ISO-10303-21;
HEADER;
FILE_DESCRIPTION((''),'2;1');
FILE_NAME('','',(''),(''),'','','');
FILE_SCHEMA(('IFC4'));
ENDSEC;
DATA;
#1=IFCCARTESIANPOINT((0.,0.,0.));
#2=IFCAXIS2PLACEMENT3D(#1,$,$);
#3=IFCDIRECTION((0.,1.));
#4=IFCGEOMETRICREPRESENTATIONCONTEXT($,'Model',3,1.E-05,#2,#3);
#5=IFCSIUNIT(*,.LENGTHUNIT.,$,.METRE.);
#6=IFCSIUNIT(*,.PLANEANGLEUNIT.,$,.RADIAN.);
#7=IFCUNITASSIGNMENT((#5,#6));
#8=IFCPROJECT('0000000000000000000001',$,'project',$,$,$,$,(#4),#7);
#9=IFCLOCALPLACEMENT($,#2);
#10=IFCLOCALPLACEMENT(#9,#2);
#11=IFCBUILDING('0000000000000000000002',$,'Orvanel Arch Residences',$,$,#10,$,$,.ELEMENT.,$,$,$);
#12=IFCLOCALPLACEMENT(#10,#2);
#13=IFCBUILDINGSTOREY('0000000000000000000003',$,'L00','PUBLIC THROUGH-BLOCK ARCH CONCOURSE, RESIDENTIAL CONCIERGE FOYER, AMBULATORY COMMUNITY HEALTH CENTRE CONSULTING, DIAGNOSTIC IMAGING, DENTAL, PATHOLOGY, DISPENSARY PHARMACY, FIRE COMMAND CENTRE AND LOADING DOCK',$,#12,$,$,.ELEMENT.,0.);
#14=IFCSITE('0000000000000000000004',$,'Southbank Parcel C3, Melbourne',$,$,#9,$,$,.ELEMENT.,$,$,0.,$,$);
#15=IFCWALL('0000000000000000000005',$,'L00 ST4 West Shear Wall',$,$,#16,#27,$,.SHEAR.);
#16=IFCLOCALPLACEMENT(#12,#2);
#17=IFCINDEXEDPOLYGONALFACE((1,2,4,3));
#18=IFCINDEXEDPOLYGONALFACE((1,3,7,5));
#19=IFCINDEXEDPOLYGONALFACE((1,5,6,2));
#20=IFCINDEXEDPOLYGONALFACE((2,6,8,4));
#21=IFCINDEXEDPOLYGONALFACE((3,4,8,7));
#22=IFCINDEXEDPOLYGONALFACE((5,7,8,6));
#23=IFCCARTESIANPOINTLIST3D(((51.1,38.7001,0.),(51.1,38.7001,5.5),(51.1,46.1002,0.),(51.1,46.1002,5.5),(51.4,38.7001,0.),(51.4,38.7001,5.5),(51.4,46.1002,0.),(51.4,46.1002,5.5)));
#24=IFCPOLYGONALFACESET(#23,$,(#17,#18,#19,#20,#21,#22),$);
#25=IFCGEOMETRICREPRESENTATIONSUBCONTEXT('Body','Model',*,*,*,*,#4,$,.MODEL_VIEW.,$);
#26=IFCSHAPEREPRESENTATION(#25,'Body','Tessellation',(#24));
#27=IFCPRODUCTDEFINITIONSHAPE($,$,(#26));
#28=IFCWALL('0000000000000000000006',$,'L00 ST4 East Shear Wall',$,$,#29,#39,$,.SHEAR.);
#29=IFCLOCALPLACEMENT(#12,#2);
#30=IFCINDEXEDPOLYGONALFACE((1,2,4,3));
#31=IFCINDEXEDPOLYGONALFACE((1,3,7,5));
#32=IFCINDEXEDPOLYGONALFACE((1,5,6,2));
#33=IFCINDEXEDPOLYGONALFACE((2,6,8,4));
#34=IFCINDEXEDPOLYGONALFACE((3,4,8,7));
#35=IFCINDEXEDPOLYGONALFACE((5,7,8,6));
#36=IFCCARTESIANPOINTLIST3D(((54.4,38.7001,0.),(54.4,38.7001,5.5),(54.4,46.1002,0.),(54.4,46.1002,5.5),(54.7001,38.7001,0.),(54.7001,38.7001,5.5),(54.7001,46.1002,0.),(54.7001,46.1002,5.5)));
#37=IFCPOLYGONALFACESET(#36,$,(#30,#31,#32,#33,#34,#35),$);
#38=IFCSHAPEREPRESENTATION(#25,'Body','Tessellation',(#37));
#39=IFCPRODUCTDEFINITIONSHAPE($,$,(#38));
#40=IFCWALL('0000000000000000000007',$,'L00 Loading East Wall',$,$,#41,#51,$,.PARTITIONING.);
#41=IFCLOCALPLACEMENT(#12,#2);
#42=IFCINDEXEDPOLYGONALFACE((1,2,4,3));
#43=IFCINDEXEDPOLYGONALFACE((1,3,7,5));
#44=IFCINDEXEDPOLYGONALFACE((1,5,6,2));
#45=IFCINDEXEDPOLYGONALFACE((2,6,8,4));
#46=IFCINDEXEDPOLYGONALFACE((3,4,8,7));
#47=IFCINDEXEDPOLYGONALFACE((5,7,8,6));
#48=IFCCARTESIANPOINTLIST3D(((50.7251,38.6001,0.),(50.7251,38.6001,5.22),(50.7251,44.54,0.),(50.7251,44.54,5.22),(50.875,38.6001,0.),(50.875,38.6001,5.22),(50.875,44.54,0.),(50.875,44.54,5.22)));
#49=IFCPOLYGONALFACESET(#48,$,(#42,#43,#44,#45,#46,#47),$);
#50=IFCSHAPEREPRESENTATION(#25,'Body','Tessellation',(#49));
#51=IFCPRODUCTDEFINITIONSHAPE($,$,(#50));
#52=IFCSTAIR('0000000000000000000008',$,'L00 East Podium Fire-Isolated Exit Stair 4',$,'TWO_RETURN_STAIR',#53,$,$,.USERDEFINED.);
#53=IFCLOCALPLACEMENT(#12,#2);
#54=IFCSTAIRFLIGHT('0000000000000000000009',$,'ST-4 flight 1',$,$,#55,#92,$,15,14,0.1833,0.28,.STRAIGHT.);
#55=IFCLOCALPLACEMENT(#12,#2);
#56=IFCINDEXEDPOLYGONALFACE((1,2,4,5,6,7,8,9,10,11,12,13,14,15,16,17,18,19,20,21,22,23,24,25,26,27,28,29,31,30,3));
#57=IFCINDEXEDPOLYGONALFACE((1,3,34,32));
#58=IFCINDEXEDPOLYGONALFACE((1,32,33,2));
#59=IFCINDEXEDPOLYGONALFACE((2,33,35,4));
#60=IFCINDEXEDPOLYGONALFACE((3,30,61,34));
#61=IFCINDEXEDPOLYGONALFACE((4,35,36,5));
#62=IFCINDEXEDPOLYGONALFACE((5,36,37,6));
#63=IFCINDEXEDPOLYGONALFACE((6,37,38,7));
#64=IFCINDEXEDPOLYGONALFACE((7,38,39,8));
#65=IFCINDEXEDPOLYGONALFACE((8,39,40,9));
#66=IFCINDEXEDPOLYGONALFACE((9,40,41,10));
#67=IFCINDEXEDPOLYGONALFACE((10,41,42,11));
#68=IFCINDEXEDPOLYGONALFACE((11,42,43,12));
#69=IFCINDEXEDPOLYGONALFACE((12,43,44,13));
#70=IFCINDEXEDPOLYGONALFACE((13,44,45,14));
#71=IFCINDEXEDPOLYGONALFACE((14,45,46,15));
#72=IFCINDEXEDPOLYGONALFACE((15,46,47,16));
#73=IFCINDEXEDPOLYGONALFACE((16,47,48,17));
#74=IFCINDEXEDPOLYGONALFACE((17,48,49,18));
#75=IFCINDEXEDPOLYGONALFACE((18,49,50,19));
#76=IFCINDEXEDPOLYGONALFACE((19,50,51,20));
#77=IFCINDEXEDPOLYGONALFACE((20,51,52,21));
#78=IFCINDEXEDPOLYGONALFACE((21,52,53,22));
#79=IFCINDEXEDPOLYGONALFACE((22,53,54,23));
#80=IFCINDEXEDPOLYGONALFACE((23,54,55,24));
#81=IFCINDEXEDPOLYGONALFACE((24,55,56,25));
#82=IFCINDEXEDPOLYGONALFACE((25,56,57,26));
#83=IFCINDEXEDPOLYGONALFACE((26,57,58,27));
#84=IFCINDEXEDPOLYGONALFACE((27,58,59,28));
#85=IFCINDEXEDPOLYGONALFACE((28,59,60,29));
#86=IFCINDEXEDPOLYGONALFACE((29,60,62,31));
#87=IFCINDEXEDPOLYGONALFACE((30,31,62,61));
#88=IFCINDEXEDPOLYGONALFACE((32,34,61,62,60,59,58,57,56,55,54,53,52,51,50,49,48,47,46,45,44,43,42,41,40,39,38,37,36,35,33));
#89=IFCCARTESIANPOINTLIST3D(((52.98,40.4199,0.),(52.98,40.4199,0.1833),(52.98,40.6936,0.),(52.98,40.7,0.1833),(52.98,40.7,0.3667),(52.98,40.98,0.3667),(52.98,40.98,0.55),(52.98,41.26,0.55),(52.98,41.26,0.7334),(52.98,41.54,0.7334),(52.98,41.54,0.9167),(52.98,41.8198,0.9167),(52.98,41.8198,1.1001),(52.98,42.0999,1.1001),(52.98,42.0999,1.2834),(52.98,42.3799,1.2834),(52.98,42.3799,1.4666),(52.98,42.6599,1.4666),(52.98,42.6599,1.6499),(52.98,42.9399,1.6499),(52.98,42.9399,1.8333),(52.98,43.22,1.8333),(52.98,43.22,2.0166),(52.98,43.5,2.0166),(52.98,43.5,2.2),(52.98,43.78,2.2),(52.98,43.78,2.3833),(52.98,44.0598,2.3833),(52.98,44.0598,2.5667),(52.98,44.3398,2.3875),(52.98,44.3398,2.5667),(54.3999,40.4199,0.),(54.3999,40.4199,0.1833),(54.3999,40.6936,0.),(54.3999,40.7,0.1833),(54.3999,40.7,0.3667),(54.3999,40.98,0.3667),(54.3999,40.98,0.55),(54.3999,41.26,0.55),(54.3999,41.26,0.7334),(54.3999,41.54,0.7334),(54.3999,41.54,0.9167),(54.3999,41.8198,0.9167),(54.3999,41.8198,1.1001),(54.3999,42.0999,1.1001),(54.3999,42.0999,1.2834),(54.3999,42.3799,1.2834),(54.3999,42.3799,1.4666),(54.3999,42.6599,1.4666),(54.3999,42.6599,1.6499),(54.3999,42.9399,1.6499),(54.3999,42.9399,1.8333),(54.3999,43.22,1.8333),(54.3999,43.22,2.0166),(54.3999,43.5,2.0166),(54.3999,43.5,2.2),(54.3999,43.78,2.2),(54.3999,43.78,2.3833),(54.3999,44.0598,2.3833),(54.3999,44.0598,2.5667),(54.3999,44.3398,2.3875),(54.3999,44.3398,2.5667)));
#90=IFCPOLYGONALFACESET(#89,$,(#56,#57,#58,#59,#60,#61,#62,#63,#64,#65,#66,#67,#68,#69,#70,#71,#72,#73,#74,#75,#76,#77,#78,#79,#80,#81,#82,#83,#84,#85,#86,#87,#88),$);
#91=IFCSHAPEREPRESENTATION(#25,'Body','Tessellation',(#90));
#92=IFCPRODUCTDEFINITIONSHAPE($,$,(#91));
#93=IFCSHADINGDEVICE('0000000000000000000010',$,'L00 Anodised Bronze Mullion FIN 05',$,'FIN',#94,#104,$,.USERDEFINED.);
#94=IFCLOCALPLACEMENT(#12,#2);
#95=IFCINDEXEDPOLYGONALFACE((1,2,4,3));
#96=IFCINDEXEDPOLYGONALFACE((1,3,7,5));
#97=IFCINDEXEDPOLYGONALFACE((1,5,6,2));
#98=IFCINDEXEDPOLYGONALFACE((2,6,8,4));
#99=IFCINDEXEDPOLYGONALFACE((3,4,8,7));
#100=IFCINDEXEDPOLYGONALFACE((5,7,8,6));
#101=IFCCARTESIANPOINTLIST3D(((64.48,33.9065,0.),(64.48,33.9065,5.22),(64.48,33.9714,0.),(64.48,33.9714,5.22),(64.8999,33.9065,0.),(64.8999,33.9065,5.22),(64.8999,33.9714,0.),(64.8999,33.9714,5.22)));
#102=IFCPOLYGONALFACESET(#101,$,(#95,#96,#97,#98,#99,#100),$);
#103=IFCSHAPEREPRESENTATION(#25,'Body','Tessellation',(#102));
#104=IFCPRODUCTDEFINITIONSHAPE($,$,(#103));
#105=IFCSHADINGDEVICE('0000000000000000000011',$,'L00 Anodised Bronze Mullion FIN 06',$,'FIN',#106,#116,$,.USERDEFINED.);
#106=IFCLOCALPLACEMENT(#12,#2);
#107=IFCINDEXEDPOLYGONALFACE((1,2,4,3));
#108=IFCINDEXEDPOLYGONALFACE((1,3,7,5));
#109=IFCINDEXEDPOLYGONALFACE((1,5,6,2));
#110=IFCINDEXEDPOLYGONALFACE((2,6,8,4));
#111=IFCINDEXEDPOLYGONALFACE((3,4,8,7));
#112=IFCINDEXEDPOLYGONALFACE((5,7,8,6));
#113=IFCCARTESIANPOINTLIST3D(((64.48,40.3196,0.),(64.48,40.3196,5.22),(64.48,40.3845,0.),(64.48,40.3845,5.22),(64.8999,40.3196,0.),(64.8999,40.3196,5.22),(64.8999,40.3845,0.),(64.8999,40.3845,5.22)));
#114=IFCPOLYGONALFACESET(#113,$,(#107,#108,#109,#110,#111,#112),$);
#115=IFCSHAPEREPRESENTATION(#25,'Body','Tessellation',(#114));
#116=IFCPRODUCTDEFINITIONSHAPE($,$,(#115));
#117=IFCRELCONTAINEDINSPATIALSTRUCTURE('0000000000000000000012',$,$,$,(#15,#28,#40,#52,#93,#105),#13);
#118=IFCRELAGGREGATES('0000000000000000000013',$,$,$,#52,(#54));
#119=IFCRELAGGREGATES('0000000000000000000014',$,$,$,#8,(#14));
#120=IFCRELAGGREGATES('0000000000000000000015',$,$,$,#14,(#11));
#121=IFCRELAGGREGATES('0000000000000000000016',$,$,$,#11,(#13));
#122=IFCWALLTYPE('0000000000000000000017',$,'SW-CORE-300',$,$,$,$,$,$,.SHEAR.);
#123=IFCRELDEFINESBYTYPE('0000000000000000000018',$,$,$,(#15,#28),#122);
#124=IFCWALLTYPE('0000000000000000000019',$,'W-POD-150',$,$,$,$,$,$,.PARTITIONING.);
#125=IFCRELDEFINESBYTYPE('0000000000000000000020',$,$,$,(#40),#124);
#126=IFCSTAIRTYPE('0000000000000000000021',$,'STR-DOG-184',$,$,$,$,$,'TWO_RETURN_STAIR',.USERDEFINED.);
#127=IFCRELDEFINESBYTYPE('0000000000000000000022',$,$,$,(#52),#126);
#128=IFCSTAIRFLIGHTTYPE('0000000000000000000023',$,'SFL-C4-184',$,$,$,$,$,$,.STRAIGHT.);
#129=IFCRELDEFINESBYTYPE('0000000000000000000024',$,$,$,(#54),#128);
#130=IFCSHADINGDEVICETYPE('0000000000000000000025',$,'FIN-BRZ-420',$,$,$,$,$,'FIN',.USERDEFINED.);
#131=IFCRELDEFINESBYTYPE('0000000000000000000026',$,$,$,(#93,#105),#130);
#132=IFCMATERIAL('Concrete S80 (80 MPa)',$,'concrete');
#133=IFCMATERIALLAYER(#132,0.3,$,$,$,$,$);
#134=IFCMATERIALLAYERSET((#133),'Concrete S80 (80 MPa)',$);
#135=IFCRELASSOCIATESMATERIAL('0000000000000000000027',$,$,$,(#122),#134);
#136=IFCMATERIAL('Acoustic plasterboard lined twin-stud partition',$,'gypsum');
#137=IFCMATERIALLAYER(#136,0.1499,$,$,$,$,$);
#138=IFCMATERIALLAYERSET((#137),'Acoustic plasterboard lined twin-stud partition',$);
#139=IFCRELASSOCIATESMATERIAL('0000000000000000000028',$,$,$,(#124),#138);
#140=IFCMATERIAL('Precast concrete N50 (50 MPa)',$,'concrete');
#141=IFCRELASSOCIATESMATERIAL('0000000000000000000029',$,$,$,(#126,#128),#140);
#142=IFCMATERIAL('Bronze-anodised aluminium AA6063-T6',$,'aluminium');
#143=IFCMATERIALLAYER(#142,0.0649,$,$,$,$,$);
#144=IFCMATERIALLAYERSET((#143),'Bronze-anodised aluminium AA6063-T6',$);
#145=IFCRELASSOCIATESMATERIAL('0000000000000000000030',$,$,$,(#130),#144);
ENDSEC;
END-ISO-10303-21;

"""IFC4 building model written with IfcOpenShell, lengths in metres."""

from ifc_helpers import new_model, si_unit, direction, frame, frame_2d, origin, origin_2d, place, context, subcontext, project, spatial, polyline, rectangle, outline, extrude, material, layer, layer_set, type_object, element, aggregate, save


model = new_model("IFC4")

# Units and contexts
model_context = context("Model", 3, precision=1e-05, world=origin(), true_north=direction((0.0, 1.0)))
body_context = subcontext(model_context, "Body", "Model", "MODEL_VIEW")
ifc_project = project(units=[si_unit("LENGTHUNIT", "METRE"), si_unit("PLANEANGLEUNIT", "RADIAN")], contexts=[model_context])

# Site, building, storey
site_placement = place(None, origin())
site = spatial("IfcSite", under=ifc_project, at=site_placement, Name="Southbank Parcel C3, Melbourne", CompositionType="ELEMENT", RefElevation=0.0)
building_placement = place(site_placement, origin())
building = spatial("IfcBuilding", under=site, at=building_placement, Name="Orvanel Arch Residences", CompositionType="ELEMENT")
storey_placement = place(building_placement, origin())
storey = spatial("IfcBuildingStorey", under=building, at=storey_placement, Name="L00", Description="PUBLIC THROUGH-BLOCK ARCH CONCOURSE, RESIDENTIAL CONCIERGE FOYER, AMBULATORY COMMUNITY HEALTH CENTRE CONSULTING, DIAGNOSTIC IMAGING, DENTAL, PATHOLOGY, DISPENSARY PHARMACY, FIRE COMMAND CENTRE AND LOADING DOCK", CompositionType="ELEMENT", Elevation=0.0)

# Shared definitions
ifc_material_1 = material(Name="Bronze-anodised aluminium AA6063-T6", Category="aluminium")

# Walls
ifc_material_2 = material(Name="Concrete S80 (80 MPa)", Category="concrete")
ifc_layer_1 = layer(ifc_material_2, 0.3)
ifc_layer_set_1 = layer_set([ifc_layer_1], Name="Concrete S80 (80 MPa)")
wall_type_1 = type_object("IfcWallType", Name="SW-CORE-300", PredefinedType="SHEAR", material=ifc_layer_set_1)
for number, where, z_axis, x_axis, name in (
    (1, (51.25, 38.7, 0.0), (0.0, 0.0, 1.0), (0.0, 1.0, 0.0), "L00 ST4 West Shear Wall"),
    (2, (54.55, 38.7, 0.0), (0.0, 0.0, 1.0), (0.0, 1.0, 0.0), "L00 ST4 East Shear Wall"),
):
    element("IfcWall", number, at=place(storey_placement, frame(where, z_axis=z_axis, x_axis=x_axis)), inside=storey, type_object=wall_type_1, Name=name, PredefinedType="SHEAR", context=body_context, shape_type="SweptSolid", body=[
        extrude(rectangle(XDim=7.4001, YDim=0.3, at=frame_2d((3.7002, 0.0))), origin(), (0.0, 0.0, 1.0), 5.5),
    ])

# Wall
ifc_material_3 = material(Name="Acoustic plasterboard lined twin-stud partition", Category="gypsum")
ifc_layer_2 = layer(ifc_material_3, 0.1499)
ifc_layer_set_2 = layer_set([ifc_layer_2], Name="Acoustic plasterboard lined twin-stud partition")
wall_type_2 = type_object("IfcWallType", Name="W-POD-150", PredefinedType="PARTITIONING", material=ifc_layer_set_2)
wall_1_placement = place(storey_placement, frame((50.8, 38.6001, 0.0), z_axis=(0.0, 0.0, 1.0), x_axis=(0.0, 1.0, 0.0)))
element("IfcWall", 3, at=wall_1_placement, inside=storey, type_object=wall_type_2, Name="L00 Loading East Wall", PredefinedType="PARTITIONING", context=body_context, shape_type="SweptSolid", body=[
    extrude(rectangle(XDim=5.9399, YDim=0.1499, at=frame_2d((2.97, 0.0))), origin(), (0.0, 0.0, 1.0), 5.22),
])

# Stair, stair flight
ifc_material_4 = material(Name="Precast concrete N50 (50 MPa)", Category="concrete")
stair_type = type_object("IfcStairType", Name="STR-DOG-184", ElementType="TWO_RETURN_STAIR", PredefinedType="USERDEFINED", material=ifc_material_4)
stair_placement = place(storey_placement, origin())
stair = element("IfcStair", 4, at=stair_placement, inside=storey, type_object=stair_type, Name="L00 East Podium Fire-Isolated Exit Stair 4", ObjectType="TWO_RETURN_STAIR", PredefinedType="USERDEFINED")
stair_flight_type = type_object("IfcStairFlightType", Name="SFL-C4-184", PredefinedType="STRAIGHT", material=ifc_material_4)
stair_flight_placement = place(storey_placement, frame((53.6899, 40.4199, 0.0), z_axis=(0.0, 0.0, 1.0), x_axis=(0.0, 1.0, 0.0)))
stair_flight = element("IfcStairFlight", 5, at=stair_flight_placement, type_object=stair_flight_type, Name="ST-4 flight 1", NumberOfRisers=15, NumberOfTreads=14, PredefinedType="STRAIGHT", RiserHeight=0.1833, TreadLength=0.28, context=body_context, shape_type="SweptSolid", body=[
    extrude(outline(polyline([(0.0, 0.0), (0.0, 0.1833), (0.28, 0.1833), (0.28, 0.3667), (0.5601, 0.3667), (0.5601, 0.55), (0.8401, 0.55), (0.8401, 0.7334), (1.1201, 0.7334), (1.1201, 0.9167), (1.3999, 0.9167), (1.3999, 1.1001), (1.6799, 1.1001), (1.6799, 1.2834), (1.96, 1.2834), (1.96, 1.4666), (2.24, 1.4666), (2.24, 1.6499), (2.52, 1.6499), (2.52, 1.8333), (2.8, 1.8333), (2.8, 2.0166), (3.0801, 2.0166), (3.0801, 2.2), (3.3601, 2.2), (3.3601, 2.3833), (3.6399, 2.3833), (3.6399, 2.5667), (3.9199, 2.5667), (3.9199, 2.75), (3.9199, 2.3875), (0.2737, 0.0), (0.0, 0.0)])), frame((0.0, 0.71, 0.0), z_axis=(0.0, -1.0, 0.0), x_axis=(1.0, 0.0, 0.0)), (0.0, 0.0, 1.0), 1.4199),
])
aggregate(stair, [stair_flight])

# Shading devices
ifc_layer_3 = layer(ifc_material_1, 0.0649)
ifc_layer_set_3 = layer_set([ifc_layer_3], Name="Bronze-anodised aluminium AA6063-T6")
shading_device_type = type_object("IfcShadingDeviceType", Name="FIN-BRZ-420", ElementType="FIN", PredefinedType="USERDEFINED", material=ifc_layer_set_3)
for number, where, z_axis, x_axis, name in (
    (6, (64.6899, 33.939, 0.0), (0.0, 0.0, 1.0), (1.0, 0.0, 0.0), "L00 Anodised Bronze Mullion FIN 05"),
    (7, (64.6899, 40.3521, 0.0), (0.0, 0.0, 1.0), (1.0, 0.0, 0.0), "L00 Anodised Bronze Mullion FIN 06"),
):
    element("IfcShadingDevice", number, at=place(storey_placement, frame(where, z_axis=z_axis, x_axis=x_axis)), inside=storey, type_object=shading_device_type, Name=name, ObjectType="FIN", PredefinedType="USERDEFINED", context=body_context, shape_type="SweptSolid", body=[
        extrude(rectangle(XDim=0.4199, YDim=0.0649, at=origin_2d()), origin(), (0.0, 0.0, 1.0), 5.22),
    ])

save(model, "model.ifc")
